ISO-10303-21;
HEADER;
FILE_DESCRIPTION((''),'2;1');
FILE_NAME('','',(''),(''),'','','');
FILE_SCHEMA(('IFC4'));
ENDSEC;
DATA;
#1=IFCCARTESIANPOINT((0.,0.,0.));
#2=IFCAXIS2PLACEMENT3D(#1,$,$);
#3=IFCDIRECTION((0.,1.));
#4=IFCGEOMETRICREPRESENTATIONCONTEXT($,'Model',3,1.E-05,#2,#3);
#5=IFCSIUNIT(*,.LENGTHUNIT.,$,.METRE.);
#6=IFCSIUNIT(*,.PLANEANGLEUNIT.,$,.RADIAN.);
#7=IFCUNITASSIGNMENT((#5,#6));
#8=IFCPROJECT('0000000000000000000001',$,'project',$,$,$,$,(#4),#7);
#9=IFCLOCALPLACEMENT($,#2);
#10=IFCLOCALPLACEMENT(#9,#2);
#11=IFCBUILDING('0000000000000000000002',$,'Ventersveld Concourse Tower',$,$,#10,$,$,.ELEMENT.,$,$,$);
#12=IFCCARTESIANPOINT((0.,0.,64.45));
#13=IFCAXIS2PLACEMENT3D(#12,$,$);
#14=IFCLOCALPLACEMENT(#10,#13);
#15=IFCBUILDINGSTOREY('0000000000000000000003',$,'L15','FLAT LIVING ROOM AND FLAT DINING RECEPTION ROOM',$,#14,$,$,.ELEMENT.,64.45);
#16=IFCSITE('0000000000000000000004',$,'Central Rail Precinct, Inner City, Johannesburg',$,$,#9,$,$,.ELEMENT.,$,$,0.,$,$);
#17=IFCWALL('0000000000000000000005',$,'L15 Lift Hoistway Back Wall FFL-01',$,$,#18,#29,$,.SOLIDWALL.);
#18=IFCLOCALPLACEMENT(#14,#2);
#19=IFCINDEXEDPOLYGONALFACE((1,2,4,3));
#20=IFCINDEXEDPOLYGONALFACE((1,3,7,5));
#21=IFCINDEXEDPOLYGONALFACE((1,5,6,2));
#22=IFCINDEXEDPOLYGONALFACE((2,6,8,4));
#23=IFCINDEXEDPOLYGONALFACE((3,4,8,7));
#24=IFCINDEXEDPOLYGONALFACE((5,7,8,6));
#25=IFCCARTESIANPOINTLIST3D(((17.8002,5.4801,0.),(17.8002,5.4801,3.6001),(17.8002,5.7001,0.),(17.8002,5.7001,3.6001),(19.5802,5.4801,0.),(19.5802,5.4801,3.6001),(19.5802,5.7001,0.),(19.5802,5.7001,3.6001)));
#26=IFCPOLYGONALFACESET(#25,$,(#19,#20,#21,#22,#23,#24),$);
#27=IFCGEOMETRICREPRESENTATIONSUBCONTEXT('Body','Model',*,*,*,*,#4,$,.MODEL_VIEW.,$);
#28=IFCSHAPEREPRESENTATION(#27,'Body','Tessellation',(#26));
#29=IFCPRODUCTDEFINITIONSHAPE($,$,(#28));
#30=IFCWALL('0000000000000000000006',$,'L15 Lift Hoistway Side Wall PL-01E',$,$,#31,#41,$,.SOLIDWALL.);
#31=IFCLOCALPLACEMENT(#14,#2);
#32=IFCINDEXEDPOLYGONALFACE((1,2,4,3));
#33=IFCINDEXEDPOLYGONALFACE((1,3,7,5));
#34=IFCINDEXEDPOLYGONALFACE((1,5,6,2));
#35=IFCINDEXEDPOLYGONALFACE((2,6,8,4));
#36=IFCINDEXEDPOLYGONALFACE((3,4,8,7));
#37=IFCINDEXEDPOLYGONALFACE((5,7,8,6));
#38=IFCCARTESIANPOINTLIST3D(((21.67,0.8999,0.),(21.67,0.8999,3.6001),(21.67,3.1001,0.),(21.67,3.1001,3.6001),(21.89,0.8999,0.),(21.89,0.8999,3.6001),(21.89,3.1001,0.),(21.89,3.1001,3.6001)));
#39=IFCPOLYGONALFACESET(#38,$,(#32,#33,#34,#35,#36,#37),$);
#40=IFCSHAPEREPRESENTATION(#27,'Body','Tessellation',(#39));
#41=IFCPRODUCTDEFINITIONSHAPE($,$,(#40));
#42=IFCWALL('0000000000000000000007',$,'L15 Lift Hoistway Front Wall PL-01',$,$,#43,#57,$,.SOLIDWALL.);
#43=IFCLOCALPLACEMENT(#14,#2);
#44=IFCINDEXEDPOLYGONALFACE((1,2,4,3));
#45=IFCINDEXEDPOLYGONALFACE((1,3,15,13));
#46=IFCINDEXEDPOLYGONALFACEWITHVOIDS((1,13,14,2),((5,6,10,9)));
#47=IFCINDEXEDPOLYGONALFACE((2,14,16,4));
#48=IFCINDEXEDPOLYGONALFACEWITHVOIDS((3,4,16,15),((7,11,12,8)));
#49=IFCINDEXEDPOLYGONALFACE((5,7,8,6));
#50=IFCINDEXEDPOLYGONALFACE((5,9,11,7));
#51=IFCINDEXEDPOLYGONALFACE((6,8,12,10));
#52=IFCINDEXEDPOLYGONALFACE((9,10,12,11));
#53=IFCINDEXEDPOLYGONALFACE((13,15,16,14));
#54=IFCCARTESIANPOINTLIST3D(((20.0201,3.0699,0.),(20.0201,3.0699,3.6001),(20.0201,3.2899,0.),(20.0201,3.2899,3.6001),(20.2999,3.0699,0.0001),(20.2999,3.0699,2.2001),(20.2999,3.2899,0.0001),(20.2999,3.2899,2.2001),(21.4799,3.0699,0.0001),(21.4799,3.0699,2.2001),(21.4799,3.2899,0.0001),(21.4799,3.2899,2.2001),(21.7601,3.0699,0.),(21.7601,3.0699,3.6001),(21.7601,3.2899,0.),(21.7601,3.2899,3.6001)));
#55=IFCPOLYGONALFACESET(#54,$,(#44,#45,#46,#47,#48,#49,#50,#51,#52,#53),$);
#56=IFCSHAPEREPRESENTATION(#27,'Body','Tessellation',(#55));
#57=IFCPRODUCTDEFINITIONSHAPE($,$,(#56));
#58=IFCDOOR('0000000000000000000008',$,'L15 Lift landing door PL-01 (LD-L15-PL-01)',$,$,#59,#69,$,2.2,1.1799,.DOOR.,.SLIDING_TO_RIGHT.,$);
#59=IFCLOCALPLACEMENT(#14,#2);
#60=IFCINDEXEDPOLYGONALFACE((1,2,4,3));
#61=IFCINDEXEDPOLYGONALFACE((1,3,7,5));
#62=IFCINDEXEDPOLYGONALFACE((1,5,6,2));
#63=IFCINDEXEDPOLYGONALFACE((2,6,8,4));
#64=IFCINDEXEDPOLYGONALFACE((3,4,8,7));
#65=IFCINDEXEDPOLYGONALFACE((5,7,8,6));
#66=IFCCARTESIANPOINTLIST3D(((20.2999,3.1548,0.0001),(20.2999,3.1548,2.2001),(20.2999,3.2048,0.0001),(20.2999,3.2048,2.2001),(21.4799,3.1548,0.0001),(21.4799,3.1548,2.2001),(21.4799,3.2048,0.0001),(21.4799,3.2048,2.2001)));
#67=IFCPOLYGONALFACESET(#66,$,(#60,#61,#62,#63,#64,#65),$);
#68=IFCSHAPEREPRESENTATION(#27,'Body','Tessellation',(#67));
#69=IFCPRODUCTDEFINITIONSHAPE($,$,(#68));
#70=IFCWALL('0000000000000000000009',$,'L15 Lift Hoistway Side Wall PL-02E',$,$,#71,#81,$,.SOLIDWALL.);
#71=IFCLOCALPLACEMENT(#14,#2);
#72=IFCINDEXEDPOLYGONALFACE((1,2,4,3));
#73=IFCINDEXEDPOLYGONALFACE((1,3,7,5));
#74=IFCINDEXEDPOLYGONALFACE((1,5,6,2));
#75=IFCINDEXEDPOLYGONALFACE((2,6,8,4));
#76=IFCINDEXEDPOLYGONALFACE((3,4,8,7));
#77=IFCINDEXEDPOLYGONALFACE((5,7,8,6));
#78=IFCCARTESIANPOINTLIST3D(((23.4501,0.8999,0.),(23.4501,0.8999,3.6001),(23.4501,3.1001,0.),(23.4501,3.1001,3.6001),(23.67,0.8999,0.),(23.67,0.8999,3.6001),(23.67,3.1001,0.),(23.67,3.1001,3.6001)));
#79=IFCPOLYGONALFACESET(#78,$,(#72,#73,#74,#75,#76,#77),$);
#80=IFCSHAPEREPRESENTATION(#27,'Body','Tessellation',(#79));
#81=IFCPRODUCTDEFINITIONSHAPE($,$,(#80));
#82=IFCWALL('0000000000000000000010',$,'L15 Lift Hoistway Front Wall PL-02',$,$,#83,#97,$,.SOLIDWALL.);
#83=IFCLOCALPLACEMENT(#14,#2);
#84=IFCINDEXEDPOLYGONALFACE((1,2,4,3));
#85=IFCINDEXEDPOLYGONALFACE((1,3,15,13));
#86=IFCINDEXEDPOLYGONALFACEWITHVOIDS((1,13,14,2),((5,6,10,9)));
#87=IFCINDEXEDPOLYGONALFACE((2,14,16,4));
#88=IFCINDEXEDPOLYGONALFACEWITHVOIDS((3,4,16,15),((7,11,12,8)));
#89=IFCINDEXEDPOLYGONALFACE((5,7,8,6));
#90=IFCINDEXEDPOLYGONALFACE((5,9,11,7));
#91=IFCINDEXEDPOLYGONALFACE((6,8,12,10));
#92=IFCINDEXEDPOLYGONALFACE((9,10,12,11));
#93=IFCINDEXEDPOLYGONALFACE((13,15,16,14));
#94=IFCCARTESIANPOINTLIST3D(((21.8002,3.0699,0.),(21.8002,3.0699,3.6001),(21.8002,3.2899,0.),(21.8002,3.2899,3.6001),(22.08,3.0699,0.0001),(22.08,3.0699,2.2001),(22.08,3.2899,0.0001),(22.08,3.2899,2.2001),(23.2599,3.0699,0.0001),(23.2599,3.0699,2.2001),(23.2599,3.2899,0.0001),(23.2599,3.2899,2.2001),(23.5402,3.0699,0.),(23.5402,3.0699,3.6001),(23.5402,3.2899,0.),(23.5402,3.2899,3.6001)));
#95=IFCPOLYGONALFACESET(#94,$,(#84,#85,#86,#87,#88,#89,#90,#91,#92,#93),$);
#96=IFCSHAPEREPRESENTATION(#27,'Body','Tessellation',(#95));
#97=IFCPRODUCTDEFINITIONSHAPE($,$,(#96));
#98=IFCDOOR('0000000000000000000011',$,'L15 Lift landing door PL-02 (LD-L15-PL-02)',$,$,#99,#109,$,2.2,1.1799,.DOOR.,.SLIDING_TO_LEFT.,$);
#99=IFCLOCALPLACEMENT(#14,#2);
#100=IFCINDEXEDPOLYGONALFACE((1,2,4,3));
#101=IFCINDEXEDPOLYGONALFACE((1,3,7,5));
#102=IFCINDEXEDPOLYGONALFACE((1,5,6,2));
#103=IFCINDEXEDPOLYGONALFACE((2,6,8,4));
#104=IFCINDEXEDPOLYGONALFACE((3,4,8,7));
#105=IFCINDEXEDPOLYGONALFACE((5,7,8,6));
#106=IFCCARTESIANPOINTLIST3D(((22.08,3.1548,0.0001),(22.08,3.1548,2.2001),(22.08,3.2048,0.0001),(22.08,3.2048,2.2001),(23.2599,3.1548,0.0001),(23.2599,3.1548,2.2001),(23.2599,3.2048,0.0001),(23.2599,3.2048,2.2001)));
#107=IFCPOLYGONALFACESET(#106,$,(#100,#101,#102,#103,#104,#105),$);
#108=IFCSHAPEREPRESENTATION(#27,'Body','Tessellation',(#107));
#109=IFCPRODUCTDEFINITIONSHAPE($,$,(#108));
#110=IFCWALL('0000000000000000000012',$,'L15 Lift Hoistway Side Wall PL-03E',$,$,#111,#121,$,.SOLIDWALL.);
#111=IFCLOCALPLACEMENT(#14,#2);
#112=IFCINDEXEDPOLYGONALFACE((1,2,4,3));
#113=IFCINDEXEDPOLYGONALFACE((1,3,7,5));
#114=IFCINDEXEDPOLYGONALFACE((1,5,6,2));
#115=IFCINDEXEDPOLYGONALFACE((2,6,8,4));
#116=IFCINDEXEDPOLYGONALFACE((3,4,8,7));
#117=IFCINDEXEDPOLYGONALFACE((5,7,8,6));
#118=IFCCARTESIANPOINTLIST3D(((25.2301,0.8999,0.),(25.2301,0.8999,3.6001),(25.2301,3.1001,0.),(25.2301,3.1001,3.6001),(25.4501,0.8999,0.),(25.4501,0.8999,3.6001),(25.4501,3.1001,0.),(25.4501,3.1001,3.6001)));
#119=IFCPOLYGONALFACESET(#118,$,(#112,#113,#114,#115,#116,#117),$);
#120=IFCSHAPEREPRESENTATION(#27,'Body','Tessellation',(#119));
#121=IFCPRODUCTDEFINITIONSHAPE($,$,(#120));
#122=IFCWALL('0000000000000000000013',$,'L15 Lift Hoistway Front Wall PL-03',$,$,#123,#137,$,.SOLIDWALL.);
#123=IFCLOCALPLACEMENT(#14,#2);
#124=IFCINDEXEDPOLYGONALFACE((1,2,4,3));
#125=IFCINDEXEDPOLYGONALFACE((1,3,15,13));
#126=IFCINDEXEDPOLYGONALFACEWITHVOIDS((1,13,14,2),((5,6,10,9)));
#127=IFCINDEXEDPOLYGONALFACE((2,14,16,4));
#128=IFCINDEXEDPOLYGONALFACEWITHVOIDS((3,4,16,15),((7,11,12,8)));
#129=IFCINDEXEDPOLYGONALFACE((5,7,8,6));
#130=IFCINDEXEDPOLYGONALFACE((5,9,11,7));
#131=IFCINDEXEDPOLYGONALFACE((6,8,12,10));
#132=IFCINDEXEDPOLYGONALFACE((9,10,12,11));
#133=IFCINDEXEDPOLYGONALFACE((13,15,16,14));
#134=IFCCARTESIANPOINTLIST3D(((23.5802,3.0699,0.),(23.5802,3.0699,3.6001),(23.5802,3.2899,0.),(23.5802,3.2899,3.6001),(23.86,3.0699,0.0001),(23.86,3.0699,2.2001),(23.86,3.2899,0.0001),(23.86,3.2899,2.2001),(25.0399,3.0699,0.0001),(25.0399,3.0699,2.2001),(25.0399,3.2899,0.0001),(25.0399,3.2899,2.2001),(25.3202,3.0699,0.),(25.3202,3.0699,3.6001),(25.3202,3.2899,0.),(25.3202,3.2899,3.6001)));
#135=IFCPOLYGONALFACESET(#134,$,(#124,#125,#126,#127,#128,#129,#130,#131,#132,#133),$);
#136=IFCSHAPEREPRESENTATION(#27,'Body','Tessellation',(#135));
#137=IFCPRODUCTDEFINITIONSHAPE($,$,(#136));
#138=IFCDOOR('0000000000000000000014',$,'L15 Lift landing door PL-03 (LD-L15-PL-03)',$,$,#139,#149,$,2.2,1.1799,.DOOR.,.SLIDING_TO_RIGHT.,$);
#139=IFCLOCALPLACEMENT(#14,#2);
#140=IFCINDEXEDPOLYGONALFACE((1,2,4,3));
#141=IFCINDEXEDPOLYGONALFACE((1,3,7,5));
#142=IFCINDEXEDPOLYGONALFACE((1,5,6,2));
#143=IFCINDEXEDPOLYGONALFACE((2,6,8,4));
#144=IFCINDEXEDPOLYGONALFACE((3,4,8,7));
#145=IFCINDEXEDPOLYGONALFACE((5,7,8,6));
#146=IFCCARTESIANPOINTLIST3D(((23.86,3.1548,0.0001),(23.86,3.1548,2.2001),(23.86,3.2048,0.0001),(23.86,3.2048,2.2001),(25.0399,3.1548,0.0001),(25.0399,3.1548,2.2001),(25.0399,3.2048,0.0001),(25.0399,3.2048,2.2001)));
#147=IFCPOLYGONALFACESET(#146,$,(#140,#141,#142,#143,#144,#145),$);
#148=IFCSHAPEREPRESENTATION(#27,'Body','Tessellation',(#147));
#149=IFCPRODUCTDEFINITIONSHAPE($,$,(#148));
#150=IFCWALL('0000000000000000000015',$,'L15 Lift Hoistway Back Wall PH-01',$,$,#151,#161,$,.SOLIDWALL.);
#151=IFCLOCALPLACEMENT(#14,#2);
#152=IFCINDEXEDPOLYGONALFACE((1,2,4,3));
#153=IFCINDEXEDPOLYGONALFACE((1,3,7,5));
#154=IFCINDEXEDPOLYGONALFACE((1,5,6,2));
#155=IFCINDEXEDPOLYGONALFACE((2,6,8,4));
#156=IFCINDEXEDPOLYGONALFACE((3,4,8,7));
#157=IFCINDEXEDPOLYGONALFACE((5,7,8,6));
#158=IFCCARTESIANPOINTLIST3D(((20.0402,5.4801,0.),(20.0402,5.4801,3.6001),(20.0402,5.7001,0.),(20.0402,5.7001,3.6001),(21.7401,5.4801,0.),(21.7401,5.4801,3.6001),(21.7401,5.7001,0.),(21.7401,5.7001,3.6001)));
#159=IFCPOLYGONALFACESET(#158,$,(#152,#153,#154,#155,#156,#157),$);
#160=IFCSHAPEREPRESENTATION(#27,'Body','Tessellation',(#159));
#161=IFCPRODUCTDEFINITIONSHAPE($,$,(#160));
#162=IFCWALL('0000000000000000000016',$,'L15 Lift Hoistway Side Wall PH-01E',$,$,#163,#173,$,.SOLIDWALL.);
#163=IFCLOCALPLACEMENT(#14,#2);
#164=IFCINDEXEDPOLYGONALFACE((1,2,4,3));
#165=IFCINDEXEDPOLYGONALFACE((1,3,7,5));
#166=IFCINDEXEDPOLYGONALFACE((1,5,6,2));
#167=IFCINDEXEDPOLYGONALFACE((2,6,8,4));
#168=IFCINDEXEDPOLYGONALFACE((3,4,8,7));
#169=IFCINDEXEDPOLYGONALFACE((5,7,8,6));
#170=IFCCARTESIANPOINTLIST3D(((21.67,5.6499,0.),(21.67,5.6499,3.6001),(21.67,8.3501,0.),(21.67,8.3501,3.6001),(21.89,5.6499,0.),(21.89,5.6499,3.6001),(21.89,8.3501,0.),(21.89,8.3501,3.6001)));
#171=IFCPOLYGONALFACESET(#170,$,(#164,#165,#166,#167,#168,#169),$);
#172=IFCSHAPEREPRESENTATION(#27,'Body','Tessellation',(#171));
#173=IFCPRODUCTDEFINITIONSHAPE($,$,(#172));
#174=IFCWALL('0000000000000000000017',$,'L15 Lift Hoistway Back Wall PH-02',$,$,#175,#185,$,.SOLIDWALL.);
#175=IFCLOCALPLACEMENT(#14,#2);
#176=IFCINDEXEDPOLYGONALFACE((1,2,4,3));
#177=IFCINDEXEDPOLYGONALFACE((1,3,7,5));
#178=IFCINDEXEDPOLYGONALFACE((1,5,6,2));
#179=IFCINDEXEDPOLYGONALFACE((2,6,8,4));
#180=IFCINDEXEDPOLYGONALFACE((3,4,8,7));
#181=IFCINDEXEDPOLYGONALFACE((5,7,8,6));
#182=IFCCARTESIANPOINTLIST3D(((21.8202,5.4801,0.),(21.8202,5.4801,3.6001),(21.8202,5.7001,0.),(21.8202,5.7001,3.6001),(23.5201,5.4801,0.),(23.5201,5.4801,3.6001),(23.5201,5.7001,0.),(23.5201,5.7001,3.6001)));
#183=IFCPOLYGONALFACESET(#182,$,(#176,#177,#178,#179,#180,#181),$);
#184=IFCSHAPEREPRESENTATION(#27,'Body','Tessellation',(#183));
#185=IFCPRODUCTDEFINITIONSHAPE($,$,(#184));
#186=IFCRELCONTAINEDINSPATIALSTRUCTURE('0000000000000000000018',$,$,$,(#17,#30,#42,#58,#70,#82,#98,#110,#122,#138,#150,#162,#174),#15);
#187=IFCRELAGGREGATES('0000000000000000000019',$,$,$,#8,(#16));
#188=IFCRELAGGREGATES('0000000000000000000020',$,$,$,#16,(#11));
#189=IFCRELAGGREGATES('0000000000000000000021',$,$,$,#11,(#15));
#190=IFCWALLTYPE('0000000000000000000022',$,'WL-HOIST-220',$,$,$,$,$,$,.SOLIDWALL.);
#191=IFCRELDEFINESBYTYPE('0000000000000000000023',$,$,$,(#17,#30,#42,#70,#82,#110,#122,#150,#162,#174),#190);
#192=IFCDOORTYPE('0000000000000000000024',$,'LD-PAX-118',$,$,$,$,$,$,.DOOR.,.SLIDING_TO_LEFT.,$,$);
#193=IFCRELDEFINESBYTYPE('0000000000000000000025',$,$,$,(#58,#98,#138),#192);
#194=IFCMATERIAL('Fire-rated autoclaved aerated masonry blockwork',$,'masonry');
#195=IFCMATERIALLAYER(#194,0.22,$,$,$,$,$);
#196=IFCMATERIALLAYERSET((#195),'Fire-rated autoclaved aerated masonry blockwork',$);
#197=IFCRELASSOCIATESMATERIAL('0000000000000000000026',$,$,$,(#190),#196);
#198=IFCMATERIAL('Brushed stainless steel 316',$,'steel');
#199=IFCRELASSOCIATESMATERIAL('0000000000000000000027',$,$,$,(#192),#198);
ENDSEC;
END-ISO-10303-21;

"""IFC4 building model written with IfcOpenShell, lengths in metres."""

from ifc_helpers import new_model, si_unit, direction, frame, frame_2d, origin, place, context, subcontext, project, spatial, rectangle, extrude, material, layer, layer_set, type_object, element, fill, save


model = new_model("IFC4")

# Units and contexts
model_context = context("Model", 3, precision=1e-05, world=origin(), true_north=direction((0.0, 1.0)))
body_context = subcontext(model_context, "Body", "Model", "MODEL_VIEW")
ifc_project = project(units=[si_unit("LENGTHUNIT", "METRE"), si_unit("PLANEANGLEUNIT", "RADIAN")], contexts=[model_context])

# Site, building, storey
site_placement = place(None, origin())
site = spatial("IfcSite", under=ifc_project, at=site_placement, Name="Central Rail Precinct, Inner City, Johannesburg", CompositionType="ELEMENT", RefElevation=0.0)
building_placement = place(site_placement, origin())
building = spatial("IfcBuilding", under=site, at=building_placement, Name="Ventersveld Concourse Tower", CompositionType="ELEMENT")
storey_placement = place(building_placement, frame((0.0, 0.0, 64.45)))
storey = spatial("IfcBuildingStorey", under=building, at=storey_placement, Name="L15", Description="FLAT LIVING ROOM AND FLAT DINING RECEPTION ROOM", CompositionType="ELEMENT", Elevation=64.45)

# Walls
ifc_material_1 = material(Name="Fire-rated autoclaved aerated masonry blockwork", Category="masonry")
ifc_layer_1 = layer(ifc_material_1, 0.22)
ifc_layer_set_1 = layer_set([ifc_layer_1], Name="Fire-rated autoclaved aerated masonry blockwork")
wall_type_1 = type_object("IfcWallType", Name="WL-HOIST-220", PredefinedType="SOLIDWALL", material=ifc_layer_set_1)
wall_1_placement = place(storey_placement, frame((17.8, 5.5901, 0.0), z_axis=(0.0, 0.0, 1.0), x_axis=(1.0, 0.0, 0.0)))
element("IfcWall", 1, at=wall_1_placement, inside=storey, type_object=wall_type_1, Name="L15 Lift Hoistway Back Wall FFL-01", PredefinedType="SOLIDWALL", context=body_context, shape_type="SweptSolid", body=[
    extrude(rectangle(XDim=1.78, YDim=0.22, at=frame_2d((0.8901, 0.0))), origin(), (0.0, 0.0, 1.0), 3.6001),
])
wall_2_placement = place(storey_placement, frame((21.78, 0.8999, 0.0), z_axis=(0.0, 0.0, 1.0), x_axis=(0.0, 1.0, 0.0)))
element("IfcWall", 2, at=wall_2_placement, inside=storey, type_object=wall_type_1, Name="L15 Lift Hoistway Side Wall PL-01E", PredefinedType="SOLIDWALL", context=body_context, shape_type="SweptSolid", body=[
    extrude(rectangle(XDim=2.2002, YDim=0.22, at=frame_2d((1.1001, 0.0))), origin(), (0.0, 0.0, 1.0), 3.6001),
])

# Wall, opening, door
wall_3_placement = place(storey_placement, frame((20.02, 3.1799, 0.0), z_axis=(0.0, 0.0, 1.0), x_axis=(1.0, 0.0, 0.0)))
wall_3 = element("IfcWall", 3, at=wall_3_placement, inside=storey, type_object=wall_type_1, Name="L15 Lift Hoistway Front Wall PL-01", PredefinedType="SOLIDWALL", context=body_context, shape_type="SweptSolid", body=[
    extrude(rectangle(XDim=1.74, YDim=0.22, at=frame_2d((0.8701, 0.0))), origin(), (0.0, 0.0, 1.0), 3.6001),
])
opening_1_placement = place(wall_3_placement, frame((0.28, 0.0, 0.0)))
opening_1 = element("IfcOpeningElement", 4, at=opening_1_placement, cuts=wall_3, PredefinedType="OPENING", context=body_context, shape_type="SweptSolid", body=[
    extrude(rectangle(XDim=1.1799, YDim=2.2, at=frame_2d((0.5898, 1.1001))), frame((0.0, 0.1201, 0.0), z_axis=(0.0, -1.0, 0.0), x_axis=(1.0, 0.0, 0.0)), (0.0, 0.0, 1.0), 0.24),
])
ifc_material_2 = material(Name="Brushed stainless steel 316", Category="steel")
door_type = type_object("IfcDoorType", Name="LD-PAX-118", OperationType="SLIDING_TO_LEFT", PredefinedType="DOOR", material=ifc_material_2)
door_1_placement = place(opening_1_placement, origin())
door_1 = element("IfcDoor", 5, at=door_1_placement, inside=storey, type_object=door_type, Name="L15 Lift landing door PL-01 (LD-L15-PL-01)", OperationType="SLIDING_TO_RIGHT", OverallHeight=2.2, OverallWidth=1.1799, PredefinedType="DOOR", context=body_context, shape_type="SweptSolid", body=[
    extrude(rectangle(XDim=1.1799, YDim=2.2, at=frame_2d((0.5898, 1.1001))), frame((0.0, 0.0249, 0.0), z_axis=(0.0, -1.0, 0.0), x_axis=(1.0, 0.0, 0.0)), (0.0, 0.0, 1.0), 0.05),
])
fill(opening_1, door_1)

# Wall
wall_4_placement = place(storey_placement, frame((23.5601, 0.8999, 0.0), z_axis=(0.0, 0.0, 1.0), x_axis=(0.0, 1.0, 0.0)))
element("IfcWall", 6, at=wall_4_placement, inside=storey, type_object=wall_type_1, Name="L15 Lift Hoistway Side Wall PL-02E", PredefinedType="SOLIDWALL", context=body_context, shape_type="SweptSolid", body=[
    extrude(rectangle(XDim=2.2002, YDim=0.22, at=frame_2d((1.1001, 0.0))), origin(), (0.0, 0.0, 1.0), 3.6001),
])

# Wall, opening, door
wall_5_placement = place(storey_placement, frame((21.8, 3.1799, 0.0), z_axis=(0.0, 0.0, 1.0), x_axis=(1.0, 0.0, 0.0)))
wall_5 = element("IfcWall", 7, at=wall_5_placement, inside=storey, type_object=wall_type_1, Name="L15 Lift Hoistway Front Wall PL-02", PredefinedType="SOLIDWALL", context=body_context, shape_type="SweptSolid", body=[
    extrude(rectangle(XDim=1.74, YDim=0.22, at=frame_2d((0.8701, 0.0))), origin(), (0.0, 0.0, 1.0), 3.6001),
])
opening_2_placement = place(wall_5_placement, frame((0.28, 0.0, 0.0)))
opening_2 = element("IfcOpeningElement", 8, at=opening_2_placement, cuts=wall_5, PredefinedType="OPENING", context=body_context, shape_type="SweptSolid", body=[
    extrude(rectangle(XDim=1.1799, YDim=2.2, at=frame_2d((0.5898, 1.1001))), frame((0.0, 0.1201, 0.0), z_axis=(0.0, -1.0, 0.0), x_axis=(1.0, 0.0, 0.0)), (0.0, 0.0, 1.0), 0.24),
])
door_2_placement = place(opening_2_placement, origin())
door_2 = element("IfcDoor", 9, at=door_2_placement, inside=storey, type_object=door_type, Name="L15 Lift landing door PL-02 (LD-L15-PL-02)", OperationType="SLIDING_TO_LEFT", OverallHeight=2.2, OverallWidth=1.1799, PredefinedType="DOOR", context=body_context, shape_type="SweptSolid", body=[
    extrude(rectangle(XDim=1.1799, YDim=2.2, at=frame_2d((0.5898, 1.1001))), frame((0.0, 0.0249, 0.0), z_axis=(0.0, -1.0, 0.0), x_axis=(1.0, 0.0, 0.0)), (0.0, 0.0, 1.0), 0.05),
])
fill(opening_2, door_2)

# Wall
wall_6_placement = place(storey_placement, frame((25.3401, 0.8999, 0.0), z_axis=(0.0, 0.0, 1.0), x_axis=(0.0, 1.0, 0.0)))
element("IfcWall", 10, at=wall_6_placement, inside=storey, type_object=wall_type_1, Name="L15 Lift Hoistway Side Wall PL-03E", PredefinedType="SOLIDWALL", context=body_context, shape_type="SweptSolid", body=[
    extrude(rectangle(XDim=2.2002, YDim=0.22, at=frame_2d((1.1001, 0.0))), origin(), (0.0, 0.0, 1.0), 3.6001),
])

# Wall, opening, door
wall_7_placement = place(storey_placement, frame((23.5801, 3.1799, 0.0), z_axis=(0.0, 0.0, 1.0), x_axis=(1.0, 0.0, 0.0)))
wall_7 = element("IfcWall", 11, at=wall_7_placement, inside=storey, type_object=wall_type_1, Name="L15 Lift Hoistway Front Wall PL-03", PredefinedType="SOLIDWALL", context=body_context, shape_type="SweptSolid", body=[
    extrude(rectangle(XDim=1.74, YDim=0.22, at=frame_2d((0.8701, 0.0))), origin(), (0.0, 0.0, 1.0), 3.6001),
])
opening_3_placement = place(wall_7_placement, frame((0.28, 0.0, 0.0)))
opening_3 = element("IfcOpeningElement", 12, at=opening_3_placement, cuts=wall_7, PredefinedType="OPENING", context=body_context, shape_type="SweptSolid", body=[
    extrude(rectangle(XDim=1.1799, YDim=2.2, at=frame_2d((0.5898, 1.1001))), frame((0.0, 0.1201, 0.0), z_axis=(0.0, -1.0, 0.0), x_axis=(1.0, 0.0, 0.0)), (0.0, 0.0, 1.0), 0.24),
])
door_3_placement = place(opening_3_placement, origin())
door_3 = element("IfcDoor", 13, at=door_3_placement, inside=storey, type_object=door_type, Name="L15 Lift landing door PL-03 (LD-L15-PL-03)", OperationType="SLIDING_TO_RIGHT", OverallHeight=2.2, OverallWidth=1.1799, PredefinedType="DOOR", context=body_context, shape_type="SweptSolid", body=[
    extrude(rectangle(XDim=1.1799, YDim=2.2, at=frame_2d((0.5898, 1.1001))), frame((0.0, 0.0249, 0.0), z_axis=(0.0, -1.0, 0.0), x_axis=(1.0, 0.0, 0.0)), (0.0, 0.0, 1.0), 0.05),
])
fill(opening_3, door_3)

# Walls
wall_8_placement = place(storey_placement, frame((20.04, 5.5901, 0.0), z_axis=(0.0, 0.0, 1.0), x_axis=(1.0, 0.0, 0.0)))
element("IfcWall", 14, at=wall_8_placement, inside=storey, type_object=wall_type_1, Name="L15 Lift Hoistway Back Wall PH-01", PredefinedType="SOLIDWALL", context=body_context, shape_type="SweptSolid", body=[
    extrude(rectangle(XDim=1.7, YDim=0.22, at=frame_2d((0.8501, 0.0))), origin(), (0.0, 0.0, 1.0), 3.6001),
])
wall_9_placement = place(storey_placement, frame((21.78, 5.6499, 0.0), z_axis=(0.0, 0.0, 1.0), x_axis=(0.0, 1.0, 0.0)))
element("IfcWall", 15, at=wall_9_placement, inside=storey, type_object=wall_type_1, Name="L15 Lift Hoistway Side Wall PH-01E", PredefinedType="SOLIDWALL", context=body_context, shape_type="SweptSolid", body=[
    extrude(rectangle(XDim=2.7002, YDim=0.22, at=frame_2d((1.3501, 0.0))), origin(), (0.0, 0.0, 1.0), 3.6001),
])
wall_10_placement = place(storey_placement, frame((21.8201, 5.5901, 0.0), z_axis=(0.0, 0.0, 1.0), x_axis=(1.0, 0.0, 0.0)))
element("IfcWall", 16, at=wall_10_placement, inside=storey, type_object=wall_type_1, Name="L15 Lift Hoistway Back Wall PH-02", PredefinedType="SOLIDWALL", context=body_context, shape_type="SweptSolid", body=[
    extrude(rectangle(XDim=1.7, YDim=0.22, at=frame_2d((0.8501, 0.0))), origin(), (0.0, 0.0, 1.0), 3.6001),
])

save(model, "model.ifc")
